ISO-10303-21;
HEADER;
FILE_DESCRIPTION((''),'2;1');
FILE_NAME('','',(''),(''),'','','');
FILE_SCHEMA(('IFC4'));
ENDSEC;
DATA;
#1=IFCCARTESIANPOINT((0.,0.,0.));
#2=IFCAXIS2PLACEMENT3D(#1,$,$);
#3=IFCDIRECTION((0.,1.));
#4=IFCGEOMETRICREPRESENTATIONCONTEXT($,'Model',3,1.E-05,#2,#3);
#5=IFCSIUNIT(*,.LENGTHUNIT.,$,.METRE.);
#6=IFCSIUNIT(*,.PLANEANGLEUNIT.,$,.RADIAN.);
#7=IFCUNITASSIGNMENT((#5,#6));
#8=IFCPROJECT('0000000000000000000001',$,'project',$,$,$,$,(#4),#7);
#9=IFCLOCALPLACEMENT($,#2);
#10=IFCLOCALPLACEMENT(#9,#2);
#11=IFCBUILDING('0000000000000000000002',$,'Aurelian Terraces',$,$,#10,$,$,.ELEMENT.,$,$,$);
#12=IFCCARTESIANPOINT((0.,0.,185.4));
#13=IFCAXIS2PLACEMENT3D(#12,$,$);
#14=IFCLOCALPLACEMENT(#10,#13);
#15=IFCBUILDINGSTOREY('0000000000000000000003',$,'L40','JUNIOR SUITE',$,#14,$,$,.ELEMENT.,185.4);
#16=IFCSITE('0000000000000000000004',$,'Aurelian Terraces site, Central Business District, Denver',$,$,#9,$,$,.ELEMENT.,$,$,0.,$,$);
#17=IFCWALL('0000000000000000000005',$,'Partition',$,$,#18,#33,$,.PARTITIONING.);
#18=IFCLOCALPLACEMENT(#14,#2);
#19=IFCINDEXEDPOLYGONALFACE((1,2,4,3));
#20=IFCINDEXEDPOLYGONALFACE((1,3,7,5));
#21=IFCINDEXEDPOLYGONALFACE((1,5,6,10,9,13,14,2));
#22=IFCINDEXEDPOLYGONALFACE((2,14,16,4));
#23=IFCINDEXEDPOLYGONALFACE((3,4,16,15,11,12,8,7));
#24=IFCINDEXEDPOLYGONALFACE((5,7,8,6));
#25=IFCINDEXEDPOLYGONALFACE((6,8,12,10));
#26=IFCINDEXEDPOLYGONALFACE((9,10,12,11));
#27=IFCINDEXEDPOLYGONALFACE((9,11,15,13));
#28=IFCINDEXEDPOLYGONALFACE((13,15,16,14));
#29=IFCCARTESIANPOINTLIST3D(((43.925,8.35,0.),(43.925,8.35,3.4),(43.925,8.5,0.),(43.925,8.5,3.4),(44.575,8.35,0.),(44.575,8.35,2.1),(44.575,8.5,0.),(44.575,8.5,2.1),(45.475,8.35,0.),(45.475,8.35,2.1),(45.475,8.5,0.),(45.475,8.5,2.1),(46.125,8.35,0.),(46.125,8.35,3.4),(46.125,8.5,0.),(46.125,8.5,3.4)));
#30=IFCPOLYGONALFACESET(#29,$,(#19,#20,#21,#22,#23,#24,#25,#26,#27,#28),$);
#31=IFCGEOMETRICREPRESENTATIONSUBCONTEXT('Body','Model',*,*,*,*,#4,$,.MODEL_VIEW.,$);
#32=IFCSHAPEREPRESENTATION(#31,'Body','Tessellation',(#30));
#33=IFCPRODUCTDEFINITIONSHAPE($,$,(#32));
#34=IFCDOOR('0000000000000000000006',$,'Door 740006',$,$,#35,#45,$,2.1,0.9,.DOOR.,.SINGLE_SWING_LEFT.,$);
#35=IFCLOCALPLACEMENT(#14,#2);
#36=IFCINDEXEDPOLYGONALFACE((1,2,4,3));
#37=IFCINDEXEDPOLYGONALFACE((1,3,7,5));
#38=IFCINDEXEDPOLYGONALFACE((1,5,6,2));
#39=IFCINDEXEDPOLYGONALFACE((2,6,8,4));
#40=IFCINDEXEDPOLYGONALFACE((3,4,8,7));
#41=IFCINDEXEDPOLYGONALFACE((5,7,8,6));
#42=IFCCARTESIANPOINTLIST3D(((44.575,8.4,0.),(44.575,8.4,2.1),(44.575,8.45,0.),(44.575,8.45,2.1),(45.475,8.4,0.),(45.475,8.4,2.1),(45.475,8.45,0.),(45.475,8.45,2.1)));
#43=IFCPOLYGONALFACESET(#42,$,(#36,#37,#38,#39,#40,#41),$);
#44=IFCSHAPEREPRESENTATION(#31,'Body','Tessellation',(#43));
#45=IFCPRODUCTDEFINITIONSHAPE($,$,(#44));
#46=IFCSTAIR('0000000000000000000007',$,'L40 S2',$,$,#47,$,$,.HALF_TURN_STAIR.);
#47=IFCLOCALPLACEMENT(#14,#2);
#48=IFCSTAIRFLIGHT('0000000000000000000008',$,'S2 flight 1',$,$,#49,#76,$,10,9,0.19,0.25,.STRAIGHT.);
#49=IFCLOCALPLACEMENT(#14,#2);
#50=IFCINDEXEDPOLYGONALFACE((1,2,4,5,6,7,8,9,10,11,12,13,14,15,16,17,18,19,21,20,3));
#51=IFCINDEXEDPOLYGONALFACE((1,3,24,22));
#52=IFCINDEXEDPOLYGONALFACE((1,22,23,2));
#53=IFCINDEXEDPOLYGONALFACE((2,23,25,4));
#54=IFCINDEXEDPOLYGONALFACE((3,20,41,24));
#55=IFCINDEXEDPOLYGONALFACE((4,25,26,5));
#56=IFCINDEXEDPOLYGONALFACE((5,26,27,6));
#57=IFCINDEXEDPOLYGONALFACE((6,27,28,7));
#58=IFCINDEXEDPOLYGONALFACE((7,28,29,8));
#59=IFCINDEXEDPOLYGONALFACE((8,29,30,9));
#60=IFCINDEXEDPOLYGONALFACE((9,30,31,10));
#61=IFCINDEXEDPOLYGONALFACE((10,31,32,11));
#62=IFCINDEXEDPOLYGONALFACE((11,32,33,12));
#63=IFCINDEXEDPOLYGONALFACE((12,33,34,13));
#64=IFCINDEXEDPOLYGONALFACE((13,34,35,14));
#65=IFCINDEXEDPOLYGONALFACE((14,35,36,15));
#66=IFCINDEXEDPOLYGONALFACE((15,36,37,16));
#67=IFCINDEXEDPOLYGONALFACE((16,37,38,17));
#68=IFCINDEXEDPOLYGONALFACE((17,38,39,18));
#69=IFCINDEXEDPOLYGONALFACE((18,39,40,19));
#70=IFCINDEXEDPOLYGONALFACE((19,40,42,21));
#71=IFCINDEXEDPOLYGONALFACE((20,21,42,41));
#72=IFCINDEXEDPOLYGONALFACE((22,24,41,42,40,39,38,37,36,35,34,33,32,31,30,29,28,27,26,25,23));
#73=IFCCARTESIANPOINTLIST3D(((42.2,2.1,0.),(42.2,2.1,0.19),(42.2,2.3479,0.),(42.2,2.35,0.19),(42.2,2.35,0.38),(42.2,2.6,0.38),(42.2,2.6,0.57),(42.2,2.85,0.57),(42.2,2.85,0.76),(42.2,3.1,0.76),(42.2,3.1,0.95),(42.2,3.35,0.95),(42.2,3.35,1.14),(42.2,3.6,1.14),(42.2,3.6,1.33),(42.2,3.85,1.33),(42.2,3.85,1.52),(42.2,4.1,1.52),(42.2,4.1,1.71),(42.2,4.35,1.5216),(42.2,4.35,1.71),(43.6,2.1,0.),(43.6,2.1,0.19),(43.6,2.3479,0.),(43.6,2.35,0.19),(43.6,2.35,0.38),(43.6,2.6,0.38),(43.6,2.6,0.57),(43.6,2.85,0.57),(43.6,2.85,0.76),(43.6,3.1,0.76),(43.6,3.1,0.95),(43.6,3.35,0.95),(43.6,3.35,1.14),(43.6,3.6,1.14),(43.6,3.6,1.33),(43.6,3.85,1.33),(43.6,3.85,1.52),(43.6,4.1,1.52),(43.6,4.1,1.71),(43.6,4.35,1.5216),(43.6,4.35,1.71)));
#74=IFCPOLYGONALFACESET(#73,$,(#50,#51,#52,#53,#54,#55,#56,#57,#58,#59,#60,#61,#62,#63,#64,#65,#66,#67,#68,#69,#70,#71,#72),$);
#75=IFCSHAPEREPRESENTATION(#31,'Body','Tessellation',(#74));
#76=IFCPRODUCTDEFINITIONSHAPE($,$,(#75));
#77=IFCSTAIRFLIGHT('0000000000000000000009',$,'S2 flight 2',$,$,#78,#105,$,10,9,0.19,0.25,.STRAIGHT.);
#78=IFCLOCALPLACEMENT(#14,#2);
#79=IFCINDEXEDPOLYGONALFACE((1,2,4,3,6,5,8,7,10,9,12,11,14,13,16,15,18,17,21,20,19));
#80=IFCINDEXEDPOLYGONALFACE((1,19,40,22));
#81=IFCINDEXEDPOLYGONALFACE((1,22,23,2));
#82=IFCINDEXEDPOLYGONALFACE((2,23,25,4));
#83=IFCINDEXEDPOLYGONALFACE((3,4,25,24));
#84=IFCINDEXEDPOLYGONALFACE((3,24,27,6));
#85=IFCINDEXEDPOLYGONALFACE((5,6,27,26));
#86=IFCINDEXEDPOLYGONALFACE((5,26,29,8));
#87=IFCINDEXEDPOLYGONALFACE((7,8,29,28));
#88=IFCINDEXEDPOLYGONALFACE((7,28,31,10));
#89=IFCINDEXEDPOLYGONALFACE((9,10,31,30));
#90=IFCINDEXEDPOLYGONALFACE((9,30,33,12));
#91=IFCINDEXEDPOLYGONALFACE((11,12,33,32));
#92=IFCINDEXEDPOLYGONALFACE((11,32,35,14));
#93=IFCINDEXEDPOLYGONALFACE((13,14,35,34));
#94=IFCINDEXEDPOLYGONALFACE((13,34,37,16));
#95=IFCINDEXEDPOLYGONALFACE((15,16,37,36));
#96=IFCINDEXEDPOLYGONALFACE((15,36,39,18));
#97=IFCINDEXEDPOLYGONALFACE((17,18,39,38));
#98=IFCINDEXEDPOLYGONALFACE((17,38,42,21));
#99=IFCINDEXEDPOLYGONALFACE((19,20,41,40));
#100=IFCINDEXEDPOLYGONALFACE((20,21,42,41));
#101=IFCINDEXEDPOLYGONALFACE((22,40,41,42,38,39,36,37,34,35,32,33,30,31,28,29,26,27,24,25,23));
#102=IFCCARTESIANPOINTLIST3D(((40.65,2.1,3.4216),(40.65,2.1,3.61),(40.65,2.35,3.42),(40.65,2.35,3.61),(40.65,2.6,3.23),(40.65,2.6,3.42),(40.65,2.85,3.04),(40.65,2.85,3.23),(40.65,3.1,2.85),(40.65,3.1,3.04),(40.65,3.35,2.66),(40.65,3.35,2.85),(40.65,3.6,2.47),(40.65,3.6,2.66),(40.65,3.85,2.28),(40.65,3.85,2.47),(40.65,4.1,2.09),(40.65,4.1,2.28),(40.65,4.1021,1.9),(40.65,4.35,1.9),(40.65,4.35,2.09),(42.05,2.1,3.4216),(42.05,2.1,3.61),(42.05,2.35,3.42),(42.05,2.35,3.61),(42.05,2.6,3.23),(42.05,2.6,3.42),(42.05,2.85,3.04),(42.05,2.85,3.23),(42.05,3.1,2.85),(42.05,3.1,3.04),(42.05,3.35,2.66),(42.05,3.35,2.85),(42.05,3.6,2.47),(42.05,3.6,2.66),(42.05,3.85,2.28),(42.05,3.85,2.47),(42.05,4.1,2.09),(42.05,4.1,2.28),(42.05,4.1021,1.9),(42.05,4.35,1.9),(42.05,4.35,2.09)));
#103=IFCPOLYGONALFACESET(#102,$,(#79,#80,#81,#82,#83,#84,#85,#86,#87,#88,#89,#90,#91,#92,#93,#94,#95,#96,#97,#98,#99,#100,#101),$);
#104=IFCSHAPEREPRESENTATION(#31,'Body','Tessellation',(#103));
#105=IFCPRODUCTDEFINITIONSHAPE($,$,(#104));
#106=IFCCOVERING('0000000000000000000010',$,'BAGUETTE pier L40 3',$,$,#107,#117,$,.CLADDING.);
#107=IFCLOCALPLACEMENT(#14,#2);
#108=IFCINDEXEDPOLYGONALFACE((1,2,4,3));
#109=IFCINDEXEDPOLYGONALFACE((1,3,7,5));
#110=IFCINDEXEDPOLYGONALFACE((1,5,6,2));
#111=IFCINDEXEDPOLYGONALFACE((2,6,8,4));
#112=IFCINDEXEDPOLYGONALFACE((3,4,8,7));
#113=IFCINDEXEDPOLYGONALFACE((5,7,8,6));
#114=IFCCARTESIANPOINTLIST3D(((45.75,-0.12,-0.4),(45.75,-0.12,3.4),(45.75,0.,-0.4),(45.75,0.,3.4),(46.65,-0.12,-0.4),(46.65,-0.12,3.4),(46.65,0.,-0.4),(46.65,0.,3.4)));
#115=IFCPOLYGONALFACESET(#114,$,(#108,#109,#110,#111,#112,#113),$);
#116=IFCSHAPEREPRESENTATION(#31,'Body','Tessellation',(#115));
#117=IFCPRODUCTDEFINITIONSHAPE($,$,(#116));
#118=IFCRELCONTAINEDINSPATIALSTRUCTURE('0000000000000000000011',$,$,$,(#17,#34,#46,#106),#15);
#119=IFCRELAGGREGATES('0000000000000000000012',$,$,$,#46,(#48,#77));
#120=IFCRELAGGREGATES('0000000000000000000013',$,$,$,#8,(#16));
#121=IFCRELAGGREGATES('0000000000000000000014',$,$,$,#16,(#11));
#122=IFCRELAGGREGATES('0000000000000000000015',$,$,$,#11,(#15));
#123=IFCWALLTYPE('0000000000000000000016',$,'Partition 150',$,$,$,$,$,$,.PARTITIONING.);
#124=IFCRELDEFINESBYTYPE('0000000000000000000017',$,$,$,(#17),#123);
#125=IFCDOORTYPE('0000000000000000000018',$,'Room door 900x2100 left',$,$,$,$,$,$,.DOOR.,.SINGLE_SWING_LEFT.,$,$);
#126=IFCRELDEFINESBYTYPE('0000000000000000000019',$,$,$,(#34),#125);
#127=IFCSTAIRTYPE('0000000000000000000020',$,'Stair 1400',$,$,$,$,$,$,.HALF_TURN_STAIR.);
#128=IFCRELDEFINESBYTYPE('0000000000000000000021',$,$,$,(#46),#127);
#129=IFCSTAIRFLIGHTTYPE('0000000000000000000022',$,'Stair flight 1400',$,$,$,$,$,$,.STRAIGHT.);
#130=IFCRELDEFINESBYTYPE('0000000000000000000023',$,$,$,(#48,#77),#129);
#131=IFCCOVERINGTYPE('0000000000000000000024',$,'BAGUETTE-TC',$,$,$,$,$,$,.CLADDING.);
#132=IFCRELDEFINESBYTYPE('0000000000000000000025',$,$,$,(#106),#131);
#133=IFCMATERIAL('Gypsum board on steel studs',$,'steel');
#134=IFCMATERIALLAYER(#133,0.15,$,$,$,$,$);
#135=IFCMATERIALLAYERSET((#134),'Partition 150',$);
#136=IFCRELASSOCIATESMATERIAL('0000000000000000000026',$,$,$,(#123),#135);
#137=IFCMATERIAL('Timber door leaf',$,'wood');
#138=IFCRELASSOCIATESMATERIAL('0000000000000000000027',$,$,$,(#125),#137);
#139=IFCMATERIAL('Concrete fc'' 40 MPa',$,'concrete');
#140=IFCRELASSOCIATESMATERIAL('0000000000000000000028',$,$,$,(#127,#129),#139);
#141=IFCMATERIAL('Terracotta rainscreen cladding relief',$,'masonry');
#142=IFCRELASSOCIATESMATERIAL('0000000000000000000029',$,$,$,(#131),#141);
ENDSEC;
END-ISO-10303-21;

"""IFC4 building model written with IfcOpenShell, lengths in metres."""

from ifc_helpers import new_model, si_unit, direction, frame, frame_2d, origin, origin_2d, place, context, subcontext, project, spatial, polyline, rectangle, outline, extrude, source, transform, mapped, material, layer, layer_set, type_object, element, fill, aggregate, save


model = new_model("IFC4")

# Units and contexts
model_context = context("Model", 3, precision=1e-05, world=origin(), true_north=direction((0.0, 1.0)))
body_context = subcontext(model_context, "Body", "Model", "MODEL_VIEW")
ifc_project = project(units=[si_unit("LENGTHUNIT", "METRE"), si_unit("PLANEANGLEUNIT", "RADIAN")], contexts=[model_context])

# Site, building, storey
site_placement = place(None, origin())
site = spatial("IfcSite", under=ifc_project, at=site_placement, Name="Aurelian Terraces site, Central Business District, Denver", CompositionType="ELEMENT", RefElevation=0.0)
building_placement = place(site_placement, origin())
building = spatial("IfcBuilding", under=site, at=building_placement, Name="Aurelian Terraces", CompositionType="ELEMENT")
storey_placement = place(building_placement, frame((0.0, 0.0, 185.4)))
storey = spatial("IfcBuildingStorey", under=building, at=storey_placement, Name="L40", Description="JUNIOR SUITE", CompositionType="ELEMENT", Elevation=185.4)

# Shared definitions
ifc_material_1 = material(Name="Concrete fc' 40 MPa", Category="concrete")
ifc_material_2 = material(Name="Gypsum board on steel studs", Category="steel")

# Wall, opening, door
ifc_layer_1 = layer(ifc_material_2, 0.15)
ifc_layer_set_1 = layer_set([ifc_layer_1], Name="Partition 150")
wall_type_1 = type_object("IfcWallType", Name="Partition 150", PredefinedType="PARTITIONING", material=ifc_layer_set_1)
shared_shape_1 = source(origin(), body_context, "Body", "SweptSolid", [
    extrude(rectangle(XDim=2.2, YDim=0.15, at=frame_2d((1.1, 0.0))), origin(), (0.0, 0.0, 1.0), 3.4),
])
wall_1_placement = place(storey_placement, frame((46.125, 8.425, 0.0), z_axis=(0.0, 0.0, 1.0), x_axis=(-1.0, 0.0, 0.0)))
wall_1 = element("IfcWall", 1, at=wall_1_placement, inside=storey, type_object=wall_type_1, Name="Partition", PredefinedType="PARTITIONING", context=body_context, shape_type="MappedRepresentation", body=[
    mapped(shared_shape_1, transform((0.0, 0.0, 0.0), scale=1.0)),
])
shared_shape_2 = source(origin(), body_context, "Body", "SweptSolid", [
    extrude(rectangle(XDim=0.9, YDim=2.1, at=frame_2d((0.45, 1.05))), frame((0.0, 0.085, 0.0), z_axis=(0.0, -1.0, 0.0), x_axis=(1.0, 0.0, 0.0)), (0.0, 0.0, 1.0), 0.17),
])
opening_1_placement = place(wall_1_placement, frame((0.65, 0.0, 0.0)))
opening_1 = element("IfcOpeningElement", 2, at=opening_1_placement, cuts=wall_1, PredefinedType="OPENING", context=body_context, shape_type="MappedRepresentation", body=[
    mapped(shared_shape_2, transform((0.0, 0.0, 0.0), scale=1.0)),
])
ifc_material_3 = material(Name="Timber door leaf", Category="wood")
door_type = type_object("IfcDoorType", Name="Room door 900x2100 left", OperationType="SINGLE_SWING_LEFT", PredefinedType="DOOR", material=ifc_material_3)
shared_shape_3 = source(origin(), body_context, "Body", "SweptSolid", [
    extrude(rectangle(XDim=0.9, YDim=2.1, at=frame_2d((0.45, 1.05))), frame((0.0, 0.025, 0.0), z_axis=(0.0, -1.0, 0.0), x_axis=(1.0, 0.0, 0.0)), (0.0, 0.0, 1.0), 0.05),
])
door_placement = place(opening_1_placement, origin())
door = element("IfcDoor", 3, at=door_placement, inside=storey, type_object=door_type, Name="Door 740006", OperationType="SINGLE_SWING_LEFT", OverallHeight=2.1, OverallWidth=0.9, PredefinedType="DOOR", context=body_context, shape_type="MappedRepresentation", body=[
    mapped(shared_shape_3, transform((0.0, 0.0, 0.0), scale=1.0)),
])
fill(opening_1, door)

# Stair, stair flights
stair_type = type_object("IfcStairType", Name="Stair 1400", PredefinedType="HALF_TURN_STAIR", material=ifc_material_1)
stair_placement = place(storey_placement, origin())
stair = element("IfcStair", 4, at=stair_placement, inside=storey, type_object=stair_type, Name="L40 S2", PredefinedType="HALF_TURN_STAIR")
stair_flight_type = type_object("IfcStairFlightType", Name="Stair flight 1400", PredefinedType="STRAIGHT", material=ifc_material_1)
shared_shape_4 = source(origin(), body_context, "Body", "SweptSolid", [
    extrude(outline(polyline([(0.0, 0.0), (0.0, 0.19), (0.25, 0.19), (0.25, 0.38), (0.5, 0.38), (0.5, 0.57), (0.75, 0.57), (0.75, 0.76), (1.0, 0.76), (1.0, 0.95), (1.25, 0.95), (1.25, 1.14), (1.5, 1.14), (1.5, 1.33), (1.75, 1.33), (1.75, 1.52), (2.0, 1.52), (2.0, 1.71), (2.25, 1.71), (2.25, 1.9), (2.25, 1.5216), (0.2479, 0.0), (0.0, 0.0)])), frame((0.0, 0.7, 0.0), z_axis=(0.0, -1.0, 0.0), x_axis=(1.0, 0.0, 0.0)), (0.0, 0.0, 1.0), 1.4),
])
stair_flight_1_placement = place(storey_placement, frame((42.9, 2.1, 0.0), z_axis=(0.0, 0.0, 1.0), x_axis=(0.0, 1.0, 0.0)))
stair_flight_1 = element("IfcStairFlight", 5, at=stair_flight_1_placement, type_object=stair_flight_type, Name="S2 flight 1", NumberOfRisers=10, NumberOfTreads=9, PredefinedType="STRAIGHT", RiserHeight=0.19, TreadLength=0.25, context=body_context, shape_type="MappedRepresentation", body=[
    mapped(shared_shape_4, transform((0.0, 0.0, 0.0), scale=1.0)),
])
stair_flight_2_placement = place(storey_placement, frame((41.35, 4.35, 1.9), z_axis=(0.0, 0.0, 1.0), x_axis=(0.0, -1.0, 0.0)))
stair_flight_2 = element("IfcStairFlight", 6, at=stair_flight_2_placement, type_object=stair_flight_type, Name="S2 flight 2", NumberOfRisers=10, NumberOfTreads=9, PredefinedType="STRAIGHT", RiserHeight=0.19, TreadLength=0.25, context=body_context, shape_type="MappedRepresentation", body=[
    mapped(shared_shape_4, transform((0.0, 0.0, 0.0), scale=1.0)),
])
aggregate(stair, [stair_flight_1, stair_flight_2])

# Covering
ifc_material_4 = material(Name="Terracotta rainscreen cladding relief", Category="masonry")
covering_type = type_object("IfcCoveringType", Name="BAGUETTE-TC", PredefinedType="CLADDING", material=ifc_material_4)
shared_shape_5 = source(origin(), body_context, "Body", "SweptSolid", [
    extrude(rectangle(XDim=0.9, YDim=0.12, at=origin_2d()), origin(), (0.0, 0.0, 1.0), 3.8),
])
covering_placement = place(storey_placement, frame((46.2, -0.06, -0.4), z_axis=(0.0, 0.0, 1.0), x_axis=(1.0, 0.0, 0.0)))
element("IfcCovering", 7, at=covering_placement, inside=storey, type_object=covering_type, Name="BAGUETTE pier L40 3", PredefinedType="CLADDING", context=body_context, shape_type="MappedRepresentation", body=[
    mapped(shared_shape_5, transform((0.0, 0.0, 0.0), scale=1.0)),
])

save(model, "model.ifc")
